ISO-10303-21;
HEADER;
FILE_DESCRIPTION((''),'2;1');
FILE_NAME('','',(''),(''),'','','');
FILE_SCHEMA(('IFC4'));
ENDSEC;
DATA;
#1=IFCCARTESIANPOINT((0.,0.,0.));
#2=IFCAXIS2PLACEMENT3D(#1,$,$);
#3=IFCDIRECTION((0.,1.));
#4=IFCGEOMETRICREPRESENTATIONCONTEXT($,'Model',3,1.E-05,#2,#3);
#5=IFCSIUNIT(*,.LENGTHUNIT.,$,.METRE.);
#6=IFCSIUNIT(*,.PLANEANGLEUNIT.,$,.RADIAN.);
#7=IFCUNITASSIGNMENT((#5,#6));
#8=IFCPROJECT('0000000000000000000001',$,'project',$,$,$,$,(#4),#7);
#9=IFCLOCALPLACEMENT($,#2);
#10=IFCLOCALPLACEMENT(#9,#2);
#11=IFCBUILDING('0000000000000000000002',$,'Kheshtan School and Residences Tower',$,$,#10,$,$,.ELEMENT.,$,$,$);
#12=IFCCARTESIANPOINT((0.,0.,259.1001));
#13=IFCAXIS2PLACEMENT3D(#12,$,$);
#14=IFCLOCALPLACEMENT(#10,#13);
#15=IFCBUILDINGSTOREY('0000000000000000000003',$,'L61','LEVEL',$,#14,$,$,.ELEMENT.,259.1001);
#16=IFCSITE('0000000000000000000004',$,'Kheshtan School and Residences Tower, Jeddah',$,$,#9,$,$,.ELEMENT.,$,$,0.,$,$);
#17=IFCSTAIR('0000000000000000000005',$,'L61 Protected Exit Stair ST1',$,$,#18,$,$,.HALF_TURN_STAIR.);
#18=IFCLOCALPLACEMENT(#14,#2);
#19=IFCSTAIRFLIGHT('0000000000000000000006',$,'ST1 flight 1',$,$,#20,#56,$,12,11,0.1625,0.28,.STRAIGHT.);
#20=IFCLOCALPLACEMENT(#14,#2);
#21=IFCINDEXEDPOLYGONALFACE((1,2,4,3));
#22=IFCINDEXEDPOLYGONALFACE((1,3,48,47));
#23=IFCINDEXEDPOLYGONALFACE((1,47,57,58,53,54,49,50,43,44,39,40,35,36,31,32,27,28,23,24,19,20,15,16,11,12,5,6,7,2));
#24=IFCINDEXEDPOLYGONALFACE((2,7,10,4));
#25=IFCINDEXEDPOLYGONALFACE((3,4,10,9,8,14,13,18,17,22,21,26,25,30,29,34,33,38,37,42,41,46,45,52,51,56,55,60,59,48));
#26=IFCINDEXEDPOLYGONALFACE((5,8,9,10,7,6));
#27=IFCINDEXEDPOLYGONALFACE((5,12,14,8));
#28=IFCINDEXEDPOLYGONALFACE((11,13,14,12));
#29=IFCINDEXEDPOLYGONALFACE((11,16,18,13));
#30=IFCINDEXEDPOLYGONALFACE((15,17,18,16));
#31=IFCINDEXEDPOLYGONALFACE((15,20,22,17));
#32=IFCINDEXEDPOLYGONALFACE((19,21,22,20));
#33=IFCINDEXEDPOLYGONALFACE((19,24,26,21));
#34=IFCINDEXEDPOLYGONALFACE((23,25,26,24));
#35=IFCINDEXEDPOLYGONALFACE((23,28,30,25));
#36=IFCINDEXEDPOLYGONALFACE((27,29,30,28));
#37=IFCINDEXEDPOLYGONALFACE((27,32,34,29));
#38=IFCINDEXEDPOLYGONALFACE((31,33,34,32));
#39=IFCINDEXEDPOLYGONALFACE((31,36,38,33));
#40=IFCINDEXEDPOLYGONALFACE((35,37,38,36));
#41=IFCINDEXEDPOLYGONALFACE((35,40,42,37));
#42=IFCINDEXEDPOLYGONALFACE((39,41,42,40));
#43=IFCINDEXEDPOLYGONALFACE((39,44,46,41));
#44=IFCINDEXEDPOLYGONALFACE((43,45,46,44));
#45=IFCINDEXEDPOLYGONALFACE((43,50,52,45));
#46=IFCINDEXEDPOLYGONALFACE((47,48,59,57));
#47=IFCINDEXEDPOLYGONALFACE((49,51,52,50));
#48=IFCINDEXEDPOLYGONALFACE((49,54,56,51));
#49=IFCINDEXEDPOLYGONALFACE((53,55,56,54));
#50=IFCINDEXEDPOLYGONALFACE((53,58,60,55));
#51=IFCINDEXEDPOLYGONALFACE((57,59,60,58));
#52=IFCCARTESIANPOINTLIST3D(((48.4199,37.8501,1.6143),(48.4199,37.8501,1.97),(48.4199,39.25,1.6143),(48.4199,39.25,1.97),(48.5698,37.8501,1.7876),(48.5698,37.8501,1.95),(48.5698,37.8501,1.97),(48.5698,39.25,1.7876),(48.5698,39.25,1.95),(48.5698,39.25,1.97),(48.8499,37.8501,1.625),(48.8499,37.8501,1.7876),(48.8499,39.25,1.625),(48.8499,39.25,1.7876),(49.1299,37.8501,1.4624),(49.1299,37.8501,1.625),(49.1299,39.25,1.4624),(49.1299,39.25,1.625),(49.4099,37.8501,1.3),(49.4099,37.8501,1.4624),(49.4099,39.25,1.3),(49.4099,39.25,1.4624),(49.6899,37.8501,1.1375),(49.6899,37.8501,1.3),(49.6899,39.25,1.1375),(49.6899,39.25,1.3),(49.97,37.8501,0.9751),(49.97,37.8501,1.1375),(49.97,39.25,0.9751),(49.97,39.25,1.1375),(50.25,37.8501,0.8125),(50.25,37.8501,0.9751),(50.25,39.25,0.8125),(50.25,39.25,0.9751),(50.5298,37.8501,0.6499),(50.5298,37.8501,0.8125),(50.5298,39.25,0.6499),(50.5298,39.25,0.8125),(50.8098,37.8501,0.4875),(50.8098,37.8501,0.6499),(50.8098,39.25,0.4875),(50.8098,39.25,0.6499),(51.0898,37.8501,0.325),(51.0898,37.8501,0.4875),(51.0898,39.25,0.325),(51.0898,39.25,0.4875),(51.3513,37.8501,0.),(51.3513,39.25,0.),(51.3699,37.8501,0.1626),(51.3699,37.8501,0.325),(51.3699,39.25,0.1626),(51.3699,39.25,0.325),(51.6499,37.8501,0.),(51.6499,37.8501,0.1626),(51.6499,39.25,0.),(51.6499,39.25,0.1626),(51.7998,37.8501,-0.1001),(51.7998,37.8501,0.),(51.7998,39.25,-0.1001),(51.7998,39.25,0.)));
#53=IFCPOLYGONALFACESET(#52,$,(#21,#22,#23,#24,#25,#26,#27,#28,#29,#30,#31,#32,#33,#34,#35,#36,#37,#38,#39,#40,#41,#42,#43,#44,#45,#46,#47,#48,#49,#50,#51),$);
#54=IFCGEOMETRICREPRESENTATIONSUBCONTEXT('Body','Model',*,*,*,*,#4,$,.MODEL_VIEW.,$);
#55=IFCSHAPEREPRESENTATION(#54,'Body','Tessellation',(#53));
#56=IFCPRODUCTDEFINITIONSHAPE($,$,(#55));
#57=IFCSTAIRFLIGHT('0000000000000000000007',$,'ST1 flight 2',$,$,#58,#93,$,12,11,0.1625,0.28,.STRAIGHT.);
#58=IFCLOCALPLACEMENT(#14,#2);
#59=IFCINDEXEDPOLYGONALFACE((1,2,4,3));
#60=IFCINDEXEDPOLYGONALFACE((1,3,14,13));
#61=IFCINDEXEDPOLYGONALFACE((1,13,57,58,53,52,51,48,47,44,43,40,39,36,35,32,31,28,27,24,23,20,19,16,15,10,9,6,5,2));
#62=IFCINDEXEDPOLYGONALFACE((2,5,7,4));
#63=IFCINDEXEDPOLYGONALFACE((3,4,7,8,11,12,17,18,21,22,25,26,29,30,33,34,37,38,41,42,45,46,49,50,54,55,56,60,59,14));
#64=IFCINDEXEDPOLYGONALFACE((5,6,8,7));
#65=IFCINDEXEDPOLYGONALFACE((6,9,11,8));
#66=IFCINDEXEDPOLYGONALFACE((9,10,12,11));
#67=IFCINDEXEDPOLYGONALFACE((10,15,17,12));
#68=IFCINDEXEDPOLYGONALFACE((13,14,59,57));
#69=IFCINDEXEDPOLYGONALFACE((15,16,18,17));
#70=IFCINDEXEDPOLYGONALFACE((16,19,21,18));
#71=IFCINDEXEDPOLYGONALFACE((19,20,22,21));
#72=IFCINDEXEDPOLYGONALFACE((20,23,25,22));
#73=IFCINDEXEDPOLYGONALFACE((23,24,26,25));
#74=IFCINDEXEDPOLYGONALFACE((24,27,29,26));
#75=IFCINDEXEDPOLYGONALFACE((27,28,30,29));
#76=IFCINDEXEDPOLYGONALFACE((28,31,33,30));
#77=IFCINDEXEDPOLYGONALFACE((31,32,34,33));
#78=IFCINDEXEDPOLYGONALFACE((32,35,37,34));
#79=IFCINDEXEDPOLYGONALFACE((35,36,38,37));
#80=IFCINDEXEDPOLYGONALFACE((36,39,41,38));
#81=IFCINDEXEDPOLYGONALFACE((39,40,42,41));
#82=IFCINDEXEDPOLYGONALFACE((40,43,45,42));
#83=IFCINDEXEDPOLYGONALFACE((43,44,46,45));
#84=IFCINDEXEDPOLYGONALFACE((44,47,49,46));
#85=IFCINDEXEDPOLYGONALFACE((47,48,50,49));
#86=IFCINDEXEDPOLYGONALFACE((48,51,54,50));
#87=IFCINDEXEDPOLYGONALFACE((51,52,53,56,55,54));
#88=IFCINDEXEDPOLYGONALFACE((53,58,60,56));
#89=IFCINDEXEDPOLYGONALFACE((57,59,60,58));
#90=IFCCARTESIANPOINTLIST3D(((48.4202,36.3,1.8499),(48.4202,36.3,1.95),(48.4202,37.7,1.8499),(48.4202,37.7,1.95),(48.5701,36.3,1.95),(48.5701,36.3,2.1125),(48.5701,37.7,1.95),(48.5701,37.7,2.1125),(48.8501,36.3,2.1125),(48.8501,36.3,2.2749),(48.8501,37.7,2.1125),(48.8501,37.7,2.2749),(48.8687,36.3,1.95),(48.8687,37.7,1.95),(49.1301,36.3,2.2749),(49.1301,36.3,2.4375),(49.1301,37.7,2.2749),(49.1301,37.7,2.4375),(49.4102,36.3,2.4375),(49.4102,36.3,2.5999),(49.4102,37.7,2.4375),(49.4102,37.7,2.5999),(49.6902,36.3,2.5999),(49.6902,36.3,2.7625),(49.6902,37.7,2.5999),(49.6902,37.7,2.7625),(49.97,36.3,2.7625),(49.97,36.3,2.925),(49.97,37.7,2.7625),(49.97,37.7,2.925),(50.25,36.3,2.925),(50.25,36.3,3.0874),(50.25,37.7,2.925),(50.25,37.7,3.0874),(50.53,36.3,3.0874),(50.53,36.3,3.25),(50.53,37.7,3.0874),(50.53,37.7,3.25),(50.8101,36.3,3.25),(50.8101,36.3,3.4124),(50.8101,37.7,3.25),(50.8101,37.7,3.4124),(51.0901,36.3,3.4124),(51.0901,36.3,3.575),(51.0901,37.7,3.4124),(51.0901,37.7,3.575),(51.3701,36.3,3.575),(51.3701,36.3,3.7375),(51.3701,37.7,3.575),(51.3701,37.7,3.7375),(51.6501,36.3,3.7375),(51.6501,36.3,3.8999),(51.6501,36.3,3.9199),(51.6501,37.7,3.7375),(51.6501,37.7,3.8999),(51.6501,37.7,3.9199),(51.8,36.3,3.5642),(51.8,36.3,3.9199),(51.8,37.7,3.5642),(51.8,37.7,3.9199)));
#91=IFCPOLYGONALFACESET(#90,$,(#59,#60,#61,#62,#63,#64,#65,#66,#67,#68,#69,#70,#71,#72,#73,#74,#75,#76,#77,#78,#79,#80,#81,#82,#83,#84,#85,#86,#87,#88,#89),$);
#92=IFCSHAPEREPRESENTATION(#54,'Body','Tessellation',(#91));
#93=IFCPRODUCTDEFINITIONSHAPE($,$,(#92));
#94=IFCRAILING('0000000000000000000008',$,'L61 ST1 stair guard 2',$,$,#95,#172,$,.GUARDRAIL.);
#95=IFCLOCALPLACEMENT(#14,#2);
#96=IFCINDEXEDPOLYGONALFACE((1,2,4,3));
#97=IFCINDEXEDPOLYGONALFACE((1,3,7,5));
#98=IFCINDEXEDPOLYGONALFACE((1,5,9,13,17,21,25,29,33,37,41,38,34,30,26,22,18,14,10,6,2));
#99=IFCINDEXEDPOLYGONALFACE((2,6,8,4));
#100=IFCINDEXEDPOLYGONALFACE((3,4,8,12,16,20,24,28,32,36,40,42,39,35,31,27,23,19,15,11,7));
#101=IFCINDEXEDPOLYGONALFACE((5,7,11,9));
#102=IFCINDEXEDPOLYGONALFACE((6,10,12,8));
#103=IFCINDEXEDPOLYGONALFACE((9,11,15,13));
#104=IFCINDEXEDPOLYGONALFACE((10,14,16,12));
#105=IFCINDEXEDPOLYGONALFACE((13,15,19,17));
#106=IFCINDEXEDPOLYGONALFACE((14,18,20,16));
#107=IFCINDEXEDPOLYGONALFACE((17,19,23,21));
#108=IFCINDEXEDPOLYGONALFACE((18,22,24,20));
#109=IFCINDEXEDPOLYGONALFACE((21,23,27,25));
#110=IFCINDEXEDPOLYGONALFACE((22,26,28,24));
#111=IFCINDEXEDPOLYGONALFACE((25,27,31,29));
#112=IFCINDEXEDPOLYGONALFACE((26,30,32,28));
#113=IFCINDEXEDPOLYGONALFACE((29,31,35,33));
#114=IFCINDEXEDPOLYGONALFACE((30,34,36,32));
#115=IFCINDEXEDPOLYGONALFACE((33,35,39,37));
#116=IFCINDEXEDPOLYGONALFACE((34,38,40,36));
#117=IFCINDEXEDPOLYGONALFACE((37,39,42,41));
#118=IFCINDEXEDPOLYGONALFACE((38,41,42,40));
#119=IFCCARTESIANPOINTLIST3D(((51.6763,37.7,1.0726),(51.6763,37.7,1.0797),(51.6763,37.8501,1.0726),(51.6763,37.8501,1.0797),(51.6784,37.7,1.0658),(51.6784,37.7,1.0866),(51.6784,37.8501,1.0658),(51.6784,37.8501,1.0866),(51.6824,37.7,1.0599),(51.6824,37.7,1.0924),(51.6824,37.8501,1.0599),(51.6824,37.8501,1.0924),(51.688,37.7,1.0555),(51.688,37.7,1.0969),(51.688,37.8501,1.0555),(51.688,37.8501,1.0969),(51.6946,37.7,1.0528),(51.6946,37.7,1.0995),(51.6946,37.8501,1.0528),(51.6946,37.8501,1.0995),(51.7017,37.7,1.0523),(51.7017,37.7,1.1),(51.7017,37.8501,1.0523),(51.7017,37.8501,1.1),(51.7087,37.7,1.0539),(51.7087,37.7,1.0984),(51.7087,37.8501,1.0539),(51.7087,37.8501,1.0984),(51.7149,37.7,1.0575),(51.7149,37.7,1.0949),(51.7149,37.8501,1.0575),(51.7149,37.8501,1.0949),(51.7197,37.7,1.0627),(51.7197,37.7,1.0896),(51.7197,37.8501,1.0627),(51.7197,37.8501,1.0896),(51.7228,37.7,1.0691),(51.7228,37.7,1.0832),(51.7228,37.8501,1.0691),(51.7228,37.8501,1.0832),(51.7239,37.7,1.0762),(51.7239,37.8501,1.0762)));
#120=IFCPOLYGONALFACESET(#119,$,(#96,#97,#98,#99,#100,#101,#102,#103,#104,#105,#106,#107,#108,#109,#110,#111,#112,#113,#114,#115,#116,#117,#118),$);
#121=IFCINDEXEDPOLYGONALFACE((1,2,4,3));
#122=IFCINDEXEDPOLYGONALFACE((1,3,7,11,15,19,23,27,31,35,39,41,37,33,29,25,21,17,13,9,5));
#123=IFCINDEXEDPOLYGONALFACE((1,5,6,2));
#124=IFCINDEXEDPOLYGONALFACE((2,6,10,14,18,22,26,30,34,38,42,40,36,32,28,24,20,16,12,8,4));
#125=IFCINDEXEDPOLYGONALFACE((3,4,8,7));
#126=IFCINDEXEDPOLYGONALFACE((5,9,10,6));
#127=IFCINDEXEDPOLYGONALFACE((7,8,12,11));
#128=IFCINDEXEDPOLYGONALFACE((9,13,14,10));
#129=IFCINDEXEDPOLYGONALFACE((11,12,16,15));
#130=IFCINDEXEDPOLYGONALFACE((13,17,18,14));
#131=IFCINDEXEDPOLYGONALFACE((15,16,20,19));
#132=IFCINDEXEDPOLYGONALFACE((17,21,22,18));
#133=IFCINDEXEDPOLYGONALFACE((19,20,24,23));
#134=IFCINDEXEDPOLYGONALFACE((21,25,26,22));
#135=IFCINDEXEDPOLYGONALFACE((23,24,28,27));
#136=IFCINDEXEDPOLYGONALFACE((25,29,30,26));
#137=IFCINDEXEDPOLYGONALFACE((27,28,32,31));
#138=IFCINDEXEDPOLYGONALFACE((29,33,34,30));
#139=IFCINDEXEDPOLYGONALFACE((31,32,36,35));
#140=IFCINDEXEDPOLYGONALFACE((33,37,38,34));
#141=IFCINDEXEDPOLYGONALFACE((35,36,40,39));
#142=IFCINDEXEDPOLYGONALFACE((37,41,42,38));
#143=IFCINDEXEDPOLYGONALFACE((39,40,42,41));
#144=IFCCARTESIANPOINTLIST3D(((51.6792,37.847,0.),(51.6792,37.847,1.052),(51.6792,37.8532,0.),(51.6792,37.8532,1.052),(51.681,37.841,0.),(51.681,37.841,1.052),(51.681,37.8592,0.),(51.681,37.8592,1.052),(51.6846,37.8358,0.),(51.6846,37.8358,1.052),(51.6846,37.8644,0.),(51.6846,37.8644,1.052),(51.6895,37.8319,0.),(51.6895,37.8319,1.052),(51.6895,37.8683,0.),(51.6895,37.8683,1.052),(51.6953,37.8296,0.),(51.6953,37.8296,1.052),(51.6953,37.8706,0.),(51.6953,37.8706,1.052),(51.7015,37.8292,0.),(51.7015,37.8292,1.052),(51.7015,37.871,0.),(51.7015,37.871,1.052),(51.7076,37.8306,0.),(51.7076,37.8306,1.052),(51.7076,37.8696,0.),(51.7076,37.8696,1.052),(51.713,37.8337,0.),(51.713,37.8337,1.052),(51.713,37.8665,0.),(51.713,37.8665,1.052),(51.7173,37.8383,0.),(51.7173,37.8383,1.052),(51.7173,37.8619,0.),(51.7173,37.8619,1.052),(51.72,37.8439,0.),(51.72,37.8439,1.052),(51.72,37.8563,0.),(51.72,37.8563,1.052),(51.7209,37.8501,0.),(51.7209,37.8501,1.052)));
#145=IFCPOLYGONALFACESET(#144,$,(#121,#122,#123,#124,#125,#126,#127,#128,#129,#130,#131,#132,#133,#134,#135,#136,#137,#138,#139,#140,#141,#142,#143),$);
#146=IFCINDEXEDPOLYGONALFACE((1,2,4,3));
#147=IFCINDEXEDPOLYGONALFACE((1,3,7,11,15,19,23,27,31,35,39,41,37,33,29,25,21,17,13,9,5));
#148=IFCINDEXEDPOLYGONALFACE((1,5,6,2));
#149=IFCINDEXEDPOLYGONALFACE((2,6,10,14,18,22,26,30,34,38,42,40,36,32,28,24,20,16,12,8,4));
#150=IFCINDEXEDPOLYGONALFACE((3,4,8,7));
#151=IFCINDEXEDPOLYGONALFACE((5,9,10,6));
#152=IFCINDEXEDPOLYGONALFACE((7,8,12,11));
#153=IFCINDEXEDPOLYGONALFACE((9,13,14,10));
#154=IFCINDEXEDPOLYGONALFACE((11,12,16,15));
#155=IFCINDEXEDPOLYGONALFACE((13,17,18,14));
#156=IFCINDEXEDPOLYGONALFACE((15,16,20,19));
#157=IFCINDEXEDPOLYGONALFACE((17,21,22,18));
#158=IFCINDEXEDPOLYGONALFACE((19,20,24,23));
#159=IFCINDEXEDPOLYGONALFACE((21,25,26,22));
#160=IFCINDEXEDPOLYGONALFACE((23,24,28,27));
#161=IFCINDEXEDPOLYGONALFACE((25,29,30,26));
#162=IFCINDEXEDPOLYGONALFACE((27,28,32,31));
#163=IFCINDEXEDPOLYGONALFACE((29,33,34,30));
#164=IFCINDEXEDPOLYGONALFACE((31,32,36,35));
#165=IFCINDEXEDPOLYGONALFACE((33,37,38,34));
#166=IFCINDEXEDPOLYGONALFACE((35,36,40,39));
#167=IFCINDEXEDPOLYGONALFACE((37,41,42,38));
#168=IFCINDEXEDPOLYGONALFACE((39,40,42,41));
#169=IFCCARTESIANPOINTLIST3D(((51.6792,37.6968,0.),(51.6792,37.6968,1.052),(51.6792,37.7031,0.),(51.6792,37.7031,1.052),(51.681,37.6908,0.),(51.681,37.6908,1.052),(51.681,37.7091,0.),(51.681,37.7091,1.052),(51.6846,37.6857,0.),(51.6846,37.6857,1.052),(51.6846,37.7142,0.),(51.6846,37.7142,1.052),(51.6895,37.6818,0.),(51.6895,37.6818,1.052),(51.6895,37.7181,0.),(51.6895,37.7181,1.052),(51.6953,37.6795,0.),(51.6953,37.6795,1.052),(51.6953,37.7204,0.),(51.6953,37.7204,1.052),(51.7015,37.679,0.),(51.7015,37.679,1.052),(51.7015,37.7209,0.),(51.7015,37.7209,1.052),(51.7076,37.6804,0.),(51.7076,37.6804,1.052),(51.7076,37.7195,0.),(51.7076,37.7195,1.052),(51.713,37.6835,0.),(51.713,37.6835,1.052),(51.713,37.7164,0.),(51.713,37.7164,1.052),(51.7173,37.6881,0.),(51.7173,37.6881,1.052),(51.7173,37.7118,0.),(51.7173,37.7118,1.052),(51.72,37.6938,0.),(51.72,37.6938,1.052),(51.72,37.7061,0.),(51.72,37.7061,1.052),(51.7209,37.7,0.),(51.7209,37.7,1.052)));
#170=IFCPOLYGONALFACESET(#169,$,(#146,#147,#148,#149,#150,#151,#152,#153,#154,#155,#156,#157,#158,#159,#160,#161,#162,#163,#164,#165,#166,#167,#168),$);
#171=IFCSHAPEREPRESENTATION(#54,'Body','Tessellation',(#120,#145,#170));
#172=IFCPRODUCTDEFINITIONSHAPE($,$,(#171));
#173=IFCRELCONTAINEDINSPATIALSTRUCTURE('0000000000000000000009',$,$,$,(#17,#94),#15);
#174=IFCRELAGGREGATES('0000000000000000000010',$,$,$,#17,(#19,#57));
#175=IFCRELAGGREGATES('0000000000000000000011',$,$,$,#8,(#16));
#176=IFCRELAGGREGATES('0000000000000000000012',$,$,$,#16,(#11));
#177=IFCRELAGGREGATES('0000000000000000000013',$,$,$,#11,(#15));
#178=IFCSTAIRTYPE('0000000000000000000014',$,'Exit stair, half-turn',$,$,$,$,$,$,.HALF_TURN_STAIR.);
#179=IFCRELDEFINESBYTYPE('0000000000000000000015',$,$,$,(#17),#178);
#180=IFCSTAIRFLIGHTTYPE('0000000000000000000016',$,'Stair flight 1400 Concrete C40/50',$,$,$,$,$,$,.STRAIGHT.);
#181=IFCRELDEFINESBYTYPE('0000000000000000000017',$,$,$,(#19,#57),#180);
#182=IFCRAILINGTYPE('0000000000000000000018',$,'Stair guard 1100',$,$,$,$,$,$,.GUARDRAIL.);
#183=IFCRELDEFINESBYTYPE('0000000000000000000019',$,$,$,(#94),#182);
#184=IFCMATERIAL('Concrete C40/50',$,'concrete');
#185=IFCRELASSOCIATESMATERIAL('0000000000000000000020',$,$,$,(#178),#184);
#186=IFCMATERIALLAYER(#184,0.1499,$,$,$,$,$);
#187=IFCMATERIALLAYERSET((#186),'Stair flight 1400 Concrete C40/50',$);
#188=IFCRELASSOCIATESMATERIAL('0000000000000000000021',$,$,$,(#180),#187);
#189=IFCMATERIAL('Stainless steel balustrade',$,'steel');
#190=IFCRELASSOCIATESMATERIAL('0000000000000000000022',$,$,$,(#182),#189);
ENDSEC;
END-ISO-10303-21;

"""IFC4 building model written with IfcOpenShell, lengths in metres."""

from ifc_helpers import new_model, si_unit, direction, frame, origin, origin_2d, place, context, subcontext, project, spatial, polyline, circle, outline, extrude, material, layer, layer_set, type_object, element, aggregate, save


model = new_model("IFC4")

# Units and contexts
model_context = context("Model", 3, precision=1e-05, world=origin(), true_north=direction((0.0, 1.0)))
body_context = subcontext(model_context, "Body", "Model", "MODEL_VIEW")
ifc_project = project(units=[si_unit("LENGTHUNIT", "METRE"), si_unit("PLANEANGLEUNIT", "RADIAN")], contexts=[model_context])

# Site, building, storey
site_placement = place(None, origin())
site = spatial("IfcSite", under=ifc_project, at=site_placement, Name="Kheshtan School and Residences Tower, Jeddah", CompositionType="ELEMENT", RefElevation=0.0)
building_placement = place(site_placement, origin())
building = spatial("IfcBuilding", under=site, at=building_placement, Name="Kheshtan School and Residences Tower", CompositionType="ELEMENT")
storey_placement = place(building_placement, frame((0.0, 0.0, 259.1001)))
storey = spatial("IfcBuildingStorey", under=building, at=storey_placement, Name="L61", Description="LEVEL", CompositionType="ELEMENT", Elevation=259.1001)

# Shared definitions
ifc_material_1 = material(Name="Concrete C40/50", Category="concrete")

# Stair, stair flights
stair_type = type_object("IfcStairType", Name="Exit stair, half-turn", PredefinedType="HALF_TURN_STAIR", material=ifc_material_1)
stair_placement = place(storey_placement, origin())
stair = element("IfcStair", 1, at=stair_placement, inside=storey, type_object=stair_type, Name="L61 Protected Exit Stair ST1", PredefinedType="HALF_TURN_STAIR")
ifc_layer_1 = layer(ifc_material_1, 0.1499)
ifc_layer_set_1 = layer_set([ifc_layer_1], Name="Stair flight 1400 Concrete C40/50")
stair_flight_type = type_object("IfcStairFlightType", Name="Stair flight 1400 Concrete C40/50", PredefinedType="STRAIGHT", material=ifc_layer_set_1)
stair_flight_1_placement = place(storey_placement, frame((51.6499, 38.55, 0.0), z_axis=(0.0, 0.0, 1.0), x_axis=(-1.0, 0.0, 0.0)))
stair_flight_1 = element("IfcStairFlight", 2, at=stair_flight_1_placement, type_object=stair_flight_type, Name="ST1 flight 1", NumberOfRisers=12, NumberOfTreads=11, PredefinedType="STRAIGHT", RiserHeight=0.1625, TreadLength=0.28, context=body_context, shape_type="SweptSolid", body=[
    extrude(outline(polyline([(-0.1499, -0.1001), (-0.1499, 0.0), (0.0, 0.0), (0.0, 0.1626), (0.28, 0.1626), (0.28, 0.325), (0.5601, 0.325), (0.5601, 0.4875), (0.8401, 0.4875), (0.8401, 0.6499), (1.1201, 0.6499), (1.1201, 0.8125), (1.3999, 0.8125), (1.3999, 0.9751), (1.6799, 0.9751), (1.6799, 1.1375), (1.96, 1.1375), (1.96, 1.3), (2.24, 1.3), (2.24, 1.4624), (2.52, 1.4624), (2.52, 1.625), (2.8, 1.625), (2.8, 1.7876), (3.0801, 1.7876), (3.0801, 1.95), (3.0801, 1.97), (3.23, 1.97), (3.23, 1.6143), (0.2986, 0.0), (-0.1499, -0.1001)])), frame((0.0, 0.7, 0.0), z_axis=(0.0, -1.0, 0.0), x_axis=(1.0, 0.0, 0.0)), (0.0, 0.0, 1.0), 1.3999),
])
stair_flight_2_placement = place(storey_placement, frame((48.5701, 37.0, 1.95), z_axis=(0.0, 0.0, 1.0), x_axis=(1.0, 0.0, 0.0)))
stair_flight_2 = element("IfcStairFlight", 3, at=stair_flight_2_placement, type_object=stair_flight_type, Name="ST1 flight 2", NumberOfRisers=12, NumberOfTreads=11, PredefinedType="STRAIGHT", RiserHeight=0.1625, TreadLength=0.28, context=body_context, shape_type="SweptSolid", body=[
    extrude(outline(polyline([(-0.1499, -0.1001), (-0.1499, 0.0), (0.0, 0.0), (0.0, 0.1626), (0.28, 0.1626), (0.28, 0.325), (0.5601, 0.325), (0.5601, 0.4875), (0.8401, 0.4875), (0.8401, 0.6499), (1.1201, 0.6499), (1.1201, 0.8125), (1.3999, 0.8125), (1.3999, 0.9751), (1.6799, 0.9751), (1.6799, 1.1375), (1.96, 1.1375), (1.96, 1.3), (2.24, 1.3), (2.24, 1.4624), (2.52, 1.4624), (2.52, 1.625), (2.8, 1.625), (2.8, 1.7876), (3.0801, 1.7876), (3.0801, 1.95), (3.0801, 1.97), (3.23, 1.97), (3.23, 1.6143), (0.2986, 0.0), (-0.1499, -0.1001)])), frame((0.0, 0.7, 0.0), z_axis=(0.0, -1.0, 0.0), x_axis=(1.0, 0.0, 0.0)), (0.0, 0.0, 1.0), 1.3999),
])
aggregate(stair, [stair_flight_1, stair_flight_2])

# Railing
ifc_material_2 = material(Name="Stainless steel balustrade", Category="steel")
railing_type_1 = type_object("IfcRailingType", Name="Stair guard 1100", PredefinedType="GUARDRAIL", material=ifc_material_2)
railing_1_placement = place(storey_placement, frame((51.7, 37.8501, 0.0)))
element("IfcRailing", 4, at=railing_1_placement, inside=storey, type_object=railing_type_1, Name="L61 ST1 stair guard 2", PredefinedType="GUARDRAIL", context=body_context, shape_type="SweptSolid", body=[
    extrude(circle(Radius=0.0239, at=origin_2d()), frame((0.0, 0.0, 1.0762), z_axis=(0.0, -1.0, 0.0), x_axis=(1.0, 0.0, 0.0)), (0.0, 0.0, 1.0), 0.1501),
    extrude(circle(Radius=0.021, at=origin_2d()), origin(), (0.0, 0.0, 1.0), 1.052),
    extrude(circle(Radius=0.021, at=origin_2d()), frame((0.0, -0.1501, 0.0)), (0.0, 0.0, 1.0), 1.052),
])

save(model, "model.ifc")
